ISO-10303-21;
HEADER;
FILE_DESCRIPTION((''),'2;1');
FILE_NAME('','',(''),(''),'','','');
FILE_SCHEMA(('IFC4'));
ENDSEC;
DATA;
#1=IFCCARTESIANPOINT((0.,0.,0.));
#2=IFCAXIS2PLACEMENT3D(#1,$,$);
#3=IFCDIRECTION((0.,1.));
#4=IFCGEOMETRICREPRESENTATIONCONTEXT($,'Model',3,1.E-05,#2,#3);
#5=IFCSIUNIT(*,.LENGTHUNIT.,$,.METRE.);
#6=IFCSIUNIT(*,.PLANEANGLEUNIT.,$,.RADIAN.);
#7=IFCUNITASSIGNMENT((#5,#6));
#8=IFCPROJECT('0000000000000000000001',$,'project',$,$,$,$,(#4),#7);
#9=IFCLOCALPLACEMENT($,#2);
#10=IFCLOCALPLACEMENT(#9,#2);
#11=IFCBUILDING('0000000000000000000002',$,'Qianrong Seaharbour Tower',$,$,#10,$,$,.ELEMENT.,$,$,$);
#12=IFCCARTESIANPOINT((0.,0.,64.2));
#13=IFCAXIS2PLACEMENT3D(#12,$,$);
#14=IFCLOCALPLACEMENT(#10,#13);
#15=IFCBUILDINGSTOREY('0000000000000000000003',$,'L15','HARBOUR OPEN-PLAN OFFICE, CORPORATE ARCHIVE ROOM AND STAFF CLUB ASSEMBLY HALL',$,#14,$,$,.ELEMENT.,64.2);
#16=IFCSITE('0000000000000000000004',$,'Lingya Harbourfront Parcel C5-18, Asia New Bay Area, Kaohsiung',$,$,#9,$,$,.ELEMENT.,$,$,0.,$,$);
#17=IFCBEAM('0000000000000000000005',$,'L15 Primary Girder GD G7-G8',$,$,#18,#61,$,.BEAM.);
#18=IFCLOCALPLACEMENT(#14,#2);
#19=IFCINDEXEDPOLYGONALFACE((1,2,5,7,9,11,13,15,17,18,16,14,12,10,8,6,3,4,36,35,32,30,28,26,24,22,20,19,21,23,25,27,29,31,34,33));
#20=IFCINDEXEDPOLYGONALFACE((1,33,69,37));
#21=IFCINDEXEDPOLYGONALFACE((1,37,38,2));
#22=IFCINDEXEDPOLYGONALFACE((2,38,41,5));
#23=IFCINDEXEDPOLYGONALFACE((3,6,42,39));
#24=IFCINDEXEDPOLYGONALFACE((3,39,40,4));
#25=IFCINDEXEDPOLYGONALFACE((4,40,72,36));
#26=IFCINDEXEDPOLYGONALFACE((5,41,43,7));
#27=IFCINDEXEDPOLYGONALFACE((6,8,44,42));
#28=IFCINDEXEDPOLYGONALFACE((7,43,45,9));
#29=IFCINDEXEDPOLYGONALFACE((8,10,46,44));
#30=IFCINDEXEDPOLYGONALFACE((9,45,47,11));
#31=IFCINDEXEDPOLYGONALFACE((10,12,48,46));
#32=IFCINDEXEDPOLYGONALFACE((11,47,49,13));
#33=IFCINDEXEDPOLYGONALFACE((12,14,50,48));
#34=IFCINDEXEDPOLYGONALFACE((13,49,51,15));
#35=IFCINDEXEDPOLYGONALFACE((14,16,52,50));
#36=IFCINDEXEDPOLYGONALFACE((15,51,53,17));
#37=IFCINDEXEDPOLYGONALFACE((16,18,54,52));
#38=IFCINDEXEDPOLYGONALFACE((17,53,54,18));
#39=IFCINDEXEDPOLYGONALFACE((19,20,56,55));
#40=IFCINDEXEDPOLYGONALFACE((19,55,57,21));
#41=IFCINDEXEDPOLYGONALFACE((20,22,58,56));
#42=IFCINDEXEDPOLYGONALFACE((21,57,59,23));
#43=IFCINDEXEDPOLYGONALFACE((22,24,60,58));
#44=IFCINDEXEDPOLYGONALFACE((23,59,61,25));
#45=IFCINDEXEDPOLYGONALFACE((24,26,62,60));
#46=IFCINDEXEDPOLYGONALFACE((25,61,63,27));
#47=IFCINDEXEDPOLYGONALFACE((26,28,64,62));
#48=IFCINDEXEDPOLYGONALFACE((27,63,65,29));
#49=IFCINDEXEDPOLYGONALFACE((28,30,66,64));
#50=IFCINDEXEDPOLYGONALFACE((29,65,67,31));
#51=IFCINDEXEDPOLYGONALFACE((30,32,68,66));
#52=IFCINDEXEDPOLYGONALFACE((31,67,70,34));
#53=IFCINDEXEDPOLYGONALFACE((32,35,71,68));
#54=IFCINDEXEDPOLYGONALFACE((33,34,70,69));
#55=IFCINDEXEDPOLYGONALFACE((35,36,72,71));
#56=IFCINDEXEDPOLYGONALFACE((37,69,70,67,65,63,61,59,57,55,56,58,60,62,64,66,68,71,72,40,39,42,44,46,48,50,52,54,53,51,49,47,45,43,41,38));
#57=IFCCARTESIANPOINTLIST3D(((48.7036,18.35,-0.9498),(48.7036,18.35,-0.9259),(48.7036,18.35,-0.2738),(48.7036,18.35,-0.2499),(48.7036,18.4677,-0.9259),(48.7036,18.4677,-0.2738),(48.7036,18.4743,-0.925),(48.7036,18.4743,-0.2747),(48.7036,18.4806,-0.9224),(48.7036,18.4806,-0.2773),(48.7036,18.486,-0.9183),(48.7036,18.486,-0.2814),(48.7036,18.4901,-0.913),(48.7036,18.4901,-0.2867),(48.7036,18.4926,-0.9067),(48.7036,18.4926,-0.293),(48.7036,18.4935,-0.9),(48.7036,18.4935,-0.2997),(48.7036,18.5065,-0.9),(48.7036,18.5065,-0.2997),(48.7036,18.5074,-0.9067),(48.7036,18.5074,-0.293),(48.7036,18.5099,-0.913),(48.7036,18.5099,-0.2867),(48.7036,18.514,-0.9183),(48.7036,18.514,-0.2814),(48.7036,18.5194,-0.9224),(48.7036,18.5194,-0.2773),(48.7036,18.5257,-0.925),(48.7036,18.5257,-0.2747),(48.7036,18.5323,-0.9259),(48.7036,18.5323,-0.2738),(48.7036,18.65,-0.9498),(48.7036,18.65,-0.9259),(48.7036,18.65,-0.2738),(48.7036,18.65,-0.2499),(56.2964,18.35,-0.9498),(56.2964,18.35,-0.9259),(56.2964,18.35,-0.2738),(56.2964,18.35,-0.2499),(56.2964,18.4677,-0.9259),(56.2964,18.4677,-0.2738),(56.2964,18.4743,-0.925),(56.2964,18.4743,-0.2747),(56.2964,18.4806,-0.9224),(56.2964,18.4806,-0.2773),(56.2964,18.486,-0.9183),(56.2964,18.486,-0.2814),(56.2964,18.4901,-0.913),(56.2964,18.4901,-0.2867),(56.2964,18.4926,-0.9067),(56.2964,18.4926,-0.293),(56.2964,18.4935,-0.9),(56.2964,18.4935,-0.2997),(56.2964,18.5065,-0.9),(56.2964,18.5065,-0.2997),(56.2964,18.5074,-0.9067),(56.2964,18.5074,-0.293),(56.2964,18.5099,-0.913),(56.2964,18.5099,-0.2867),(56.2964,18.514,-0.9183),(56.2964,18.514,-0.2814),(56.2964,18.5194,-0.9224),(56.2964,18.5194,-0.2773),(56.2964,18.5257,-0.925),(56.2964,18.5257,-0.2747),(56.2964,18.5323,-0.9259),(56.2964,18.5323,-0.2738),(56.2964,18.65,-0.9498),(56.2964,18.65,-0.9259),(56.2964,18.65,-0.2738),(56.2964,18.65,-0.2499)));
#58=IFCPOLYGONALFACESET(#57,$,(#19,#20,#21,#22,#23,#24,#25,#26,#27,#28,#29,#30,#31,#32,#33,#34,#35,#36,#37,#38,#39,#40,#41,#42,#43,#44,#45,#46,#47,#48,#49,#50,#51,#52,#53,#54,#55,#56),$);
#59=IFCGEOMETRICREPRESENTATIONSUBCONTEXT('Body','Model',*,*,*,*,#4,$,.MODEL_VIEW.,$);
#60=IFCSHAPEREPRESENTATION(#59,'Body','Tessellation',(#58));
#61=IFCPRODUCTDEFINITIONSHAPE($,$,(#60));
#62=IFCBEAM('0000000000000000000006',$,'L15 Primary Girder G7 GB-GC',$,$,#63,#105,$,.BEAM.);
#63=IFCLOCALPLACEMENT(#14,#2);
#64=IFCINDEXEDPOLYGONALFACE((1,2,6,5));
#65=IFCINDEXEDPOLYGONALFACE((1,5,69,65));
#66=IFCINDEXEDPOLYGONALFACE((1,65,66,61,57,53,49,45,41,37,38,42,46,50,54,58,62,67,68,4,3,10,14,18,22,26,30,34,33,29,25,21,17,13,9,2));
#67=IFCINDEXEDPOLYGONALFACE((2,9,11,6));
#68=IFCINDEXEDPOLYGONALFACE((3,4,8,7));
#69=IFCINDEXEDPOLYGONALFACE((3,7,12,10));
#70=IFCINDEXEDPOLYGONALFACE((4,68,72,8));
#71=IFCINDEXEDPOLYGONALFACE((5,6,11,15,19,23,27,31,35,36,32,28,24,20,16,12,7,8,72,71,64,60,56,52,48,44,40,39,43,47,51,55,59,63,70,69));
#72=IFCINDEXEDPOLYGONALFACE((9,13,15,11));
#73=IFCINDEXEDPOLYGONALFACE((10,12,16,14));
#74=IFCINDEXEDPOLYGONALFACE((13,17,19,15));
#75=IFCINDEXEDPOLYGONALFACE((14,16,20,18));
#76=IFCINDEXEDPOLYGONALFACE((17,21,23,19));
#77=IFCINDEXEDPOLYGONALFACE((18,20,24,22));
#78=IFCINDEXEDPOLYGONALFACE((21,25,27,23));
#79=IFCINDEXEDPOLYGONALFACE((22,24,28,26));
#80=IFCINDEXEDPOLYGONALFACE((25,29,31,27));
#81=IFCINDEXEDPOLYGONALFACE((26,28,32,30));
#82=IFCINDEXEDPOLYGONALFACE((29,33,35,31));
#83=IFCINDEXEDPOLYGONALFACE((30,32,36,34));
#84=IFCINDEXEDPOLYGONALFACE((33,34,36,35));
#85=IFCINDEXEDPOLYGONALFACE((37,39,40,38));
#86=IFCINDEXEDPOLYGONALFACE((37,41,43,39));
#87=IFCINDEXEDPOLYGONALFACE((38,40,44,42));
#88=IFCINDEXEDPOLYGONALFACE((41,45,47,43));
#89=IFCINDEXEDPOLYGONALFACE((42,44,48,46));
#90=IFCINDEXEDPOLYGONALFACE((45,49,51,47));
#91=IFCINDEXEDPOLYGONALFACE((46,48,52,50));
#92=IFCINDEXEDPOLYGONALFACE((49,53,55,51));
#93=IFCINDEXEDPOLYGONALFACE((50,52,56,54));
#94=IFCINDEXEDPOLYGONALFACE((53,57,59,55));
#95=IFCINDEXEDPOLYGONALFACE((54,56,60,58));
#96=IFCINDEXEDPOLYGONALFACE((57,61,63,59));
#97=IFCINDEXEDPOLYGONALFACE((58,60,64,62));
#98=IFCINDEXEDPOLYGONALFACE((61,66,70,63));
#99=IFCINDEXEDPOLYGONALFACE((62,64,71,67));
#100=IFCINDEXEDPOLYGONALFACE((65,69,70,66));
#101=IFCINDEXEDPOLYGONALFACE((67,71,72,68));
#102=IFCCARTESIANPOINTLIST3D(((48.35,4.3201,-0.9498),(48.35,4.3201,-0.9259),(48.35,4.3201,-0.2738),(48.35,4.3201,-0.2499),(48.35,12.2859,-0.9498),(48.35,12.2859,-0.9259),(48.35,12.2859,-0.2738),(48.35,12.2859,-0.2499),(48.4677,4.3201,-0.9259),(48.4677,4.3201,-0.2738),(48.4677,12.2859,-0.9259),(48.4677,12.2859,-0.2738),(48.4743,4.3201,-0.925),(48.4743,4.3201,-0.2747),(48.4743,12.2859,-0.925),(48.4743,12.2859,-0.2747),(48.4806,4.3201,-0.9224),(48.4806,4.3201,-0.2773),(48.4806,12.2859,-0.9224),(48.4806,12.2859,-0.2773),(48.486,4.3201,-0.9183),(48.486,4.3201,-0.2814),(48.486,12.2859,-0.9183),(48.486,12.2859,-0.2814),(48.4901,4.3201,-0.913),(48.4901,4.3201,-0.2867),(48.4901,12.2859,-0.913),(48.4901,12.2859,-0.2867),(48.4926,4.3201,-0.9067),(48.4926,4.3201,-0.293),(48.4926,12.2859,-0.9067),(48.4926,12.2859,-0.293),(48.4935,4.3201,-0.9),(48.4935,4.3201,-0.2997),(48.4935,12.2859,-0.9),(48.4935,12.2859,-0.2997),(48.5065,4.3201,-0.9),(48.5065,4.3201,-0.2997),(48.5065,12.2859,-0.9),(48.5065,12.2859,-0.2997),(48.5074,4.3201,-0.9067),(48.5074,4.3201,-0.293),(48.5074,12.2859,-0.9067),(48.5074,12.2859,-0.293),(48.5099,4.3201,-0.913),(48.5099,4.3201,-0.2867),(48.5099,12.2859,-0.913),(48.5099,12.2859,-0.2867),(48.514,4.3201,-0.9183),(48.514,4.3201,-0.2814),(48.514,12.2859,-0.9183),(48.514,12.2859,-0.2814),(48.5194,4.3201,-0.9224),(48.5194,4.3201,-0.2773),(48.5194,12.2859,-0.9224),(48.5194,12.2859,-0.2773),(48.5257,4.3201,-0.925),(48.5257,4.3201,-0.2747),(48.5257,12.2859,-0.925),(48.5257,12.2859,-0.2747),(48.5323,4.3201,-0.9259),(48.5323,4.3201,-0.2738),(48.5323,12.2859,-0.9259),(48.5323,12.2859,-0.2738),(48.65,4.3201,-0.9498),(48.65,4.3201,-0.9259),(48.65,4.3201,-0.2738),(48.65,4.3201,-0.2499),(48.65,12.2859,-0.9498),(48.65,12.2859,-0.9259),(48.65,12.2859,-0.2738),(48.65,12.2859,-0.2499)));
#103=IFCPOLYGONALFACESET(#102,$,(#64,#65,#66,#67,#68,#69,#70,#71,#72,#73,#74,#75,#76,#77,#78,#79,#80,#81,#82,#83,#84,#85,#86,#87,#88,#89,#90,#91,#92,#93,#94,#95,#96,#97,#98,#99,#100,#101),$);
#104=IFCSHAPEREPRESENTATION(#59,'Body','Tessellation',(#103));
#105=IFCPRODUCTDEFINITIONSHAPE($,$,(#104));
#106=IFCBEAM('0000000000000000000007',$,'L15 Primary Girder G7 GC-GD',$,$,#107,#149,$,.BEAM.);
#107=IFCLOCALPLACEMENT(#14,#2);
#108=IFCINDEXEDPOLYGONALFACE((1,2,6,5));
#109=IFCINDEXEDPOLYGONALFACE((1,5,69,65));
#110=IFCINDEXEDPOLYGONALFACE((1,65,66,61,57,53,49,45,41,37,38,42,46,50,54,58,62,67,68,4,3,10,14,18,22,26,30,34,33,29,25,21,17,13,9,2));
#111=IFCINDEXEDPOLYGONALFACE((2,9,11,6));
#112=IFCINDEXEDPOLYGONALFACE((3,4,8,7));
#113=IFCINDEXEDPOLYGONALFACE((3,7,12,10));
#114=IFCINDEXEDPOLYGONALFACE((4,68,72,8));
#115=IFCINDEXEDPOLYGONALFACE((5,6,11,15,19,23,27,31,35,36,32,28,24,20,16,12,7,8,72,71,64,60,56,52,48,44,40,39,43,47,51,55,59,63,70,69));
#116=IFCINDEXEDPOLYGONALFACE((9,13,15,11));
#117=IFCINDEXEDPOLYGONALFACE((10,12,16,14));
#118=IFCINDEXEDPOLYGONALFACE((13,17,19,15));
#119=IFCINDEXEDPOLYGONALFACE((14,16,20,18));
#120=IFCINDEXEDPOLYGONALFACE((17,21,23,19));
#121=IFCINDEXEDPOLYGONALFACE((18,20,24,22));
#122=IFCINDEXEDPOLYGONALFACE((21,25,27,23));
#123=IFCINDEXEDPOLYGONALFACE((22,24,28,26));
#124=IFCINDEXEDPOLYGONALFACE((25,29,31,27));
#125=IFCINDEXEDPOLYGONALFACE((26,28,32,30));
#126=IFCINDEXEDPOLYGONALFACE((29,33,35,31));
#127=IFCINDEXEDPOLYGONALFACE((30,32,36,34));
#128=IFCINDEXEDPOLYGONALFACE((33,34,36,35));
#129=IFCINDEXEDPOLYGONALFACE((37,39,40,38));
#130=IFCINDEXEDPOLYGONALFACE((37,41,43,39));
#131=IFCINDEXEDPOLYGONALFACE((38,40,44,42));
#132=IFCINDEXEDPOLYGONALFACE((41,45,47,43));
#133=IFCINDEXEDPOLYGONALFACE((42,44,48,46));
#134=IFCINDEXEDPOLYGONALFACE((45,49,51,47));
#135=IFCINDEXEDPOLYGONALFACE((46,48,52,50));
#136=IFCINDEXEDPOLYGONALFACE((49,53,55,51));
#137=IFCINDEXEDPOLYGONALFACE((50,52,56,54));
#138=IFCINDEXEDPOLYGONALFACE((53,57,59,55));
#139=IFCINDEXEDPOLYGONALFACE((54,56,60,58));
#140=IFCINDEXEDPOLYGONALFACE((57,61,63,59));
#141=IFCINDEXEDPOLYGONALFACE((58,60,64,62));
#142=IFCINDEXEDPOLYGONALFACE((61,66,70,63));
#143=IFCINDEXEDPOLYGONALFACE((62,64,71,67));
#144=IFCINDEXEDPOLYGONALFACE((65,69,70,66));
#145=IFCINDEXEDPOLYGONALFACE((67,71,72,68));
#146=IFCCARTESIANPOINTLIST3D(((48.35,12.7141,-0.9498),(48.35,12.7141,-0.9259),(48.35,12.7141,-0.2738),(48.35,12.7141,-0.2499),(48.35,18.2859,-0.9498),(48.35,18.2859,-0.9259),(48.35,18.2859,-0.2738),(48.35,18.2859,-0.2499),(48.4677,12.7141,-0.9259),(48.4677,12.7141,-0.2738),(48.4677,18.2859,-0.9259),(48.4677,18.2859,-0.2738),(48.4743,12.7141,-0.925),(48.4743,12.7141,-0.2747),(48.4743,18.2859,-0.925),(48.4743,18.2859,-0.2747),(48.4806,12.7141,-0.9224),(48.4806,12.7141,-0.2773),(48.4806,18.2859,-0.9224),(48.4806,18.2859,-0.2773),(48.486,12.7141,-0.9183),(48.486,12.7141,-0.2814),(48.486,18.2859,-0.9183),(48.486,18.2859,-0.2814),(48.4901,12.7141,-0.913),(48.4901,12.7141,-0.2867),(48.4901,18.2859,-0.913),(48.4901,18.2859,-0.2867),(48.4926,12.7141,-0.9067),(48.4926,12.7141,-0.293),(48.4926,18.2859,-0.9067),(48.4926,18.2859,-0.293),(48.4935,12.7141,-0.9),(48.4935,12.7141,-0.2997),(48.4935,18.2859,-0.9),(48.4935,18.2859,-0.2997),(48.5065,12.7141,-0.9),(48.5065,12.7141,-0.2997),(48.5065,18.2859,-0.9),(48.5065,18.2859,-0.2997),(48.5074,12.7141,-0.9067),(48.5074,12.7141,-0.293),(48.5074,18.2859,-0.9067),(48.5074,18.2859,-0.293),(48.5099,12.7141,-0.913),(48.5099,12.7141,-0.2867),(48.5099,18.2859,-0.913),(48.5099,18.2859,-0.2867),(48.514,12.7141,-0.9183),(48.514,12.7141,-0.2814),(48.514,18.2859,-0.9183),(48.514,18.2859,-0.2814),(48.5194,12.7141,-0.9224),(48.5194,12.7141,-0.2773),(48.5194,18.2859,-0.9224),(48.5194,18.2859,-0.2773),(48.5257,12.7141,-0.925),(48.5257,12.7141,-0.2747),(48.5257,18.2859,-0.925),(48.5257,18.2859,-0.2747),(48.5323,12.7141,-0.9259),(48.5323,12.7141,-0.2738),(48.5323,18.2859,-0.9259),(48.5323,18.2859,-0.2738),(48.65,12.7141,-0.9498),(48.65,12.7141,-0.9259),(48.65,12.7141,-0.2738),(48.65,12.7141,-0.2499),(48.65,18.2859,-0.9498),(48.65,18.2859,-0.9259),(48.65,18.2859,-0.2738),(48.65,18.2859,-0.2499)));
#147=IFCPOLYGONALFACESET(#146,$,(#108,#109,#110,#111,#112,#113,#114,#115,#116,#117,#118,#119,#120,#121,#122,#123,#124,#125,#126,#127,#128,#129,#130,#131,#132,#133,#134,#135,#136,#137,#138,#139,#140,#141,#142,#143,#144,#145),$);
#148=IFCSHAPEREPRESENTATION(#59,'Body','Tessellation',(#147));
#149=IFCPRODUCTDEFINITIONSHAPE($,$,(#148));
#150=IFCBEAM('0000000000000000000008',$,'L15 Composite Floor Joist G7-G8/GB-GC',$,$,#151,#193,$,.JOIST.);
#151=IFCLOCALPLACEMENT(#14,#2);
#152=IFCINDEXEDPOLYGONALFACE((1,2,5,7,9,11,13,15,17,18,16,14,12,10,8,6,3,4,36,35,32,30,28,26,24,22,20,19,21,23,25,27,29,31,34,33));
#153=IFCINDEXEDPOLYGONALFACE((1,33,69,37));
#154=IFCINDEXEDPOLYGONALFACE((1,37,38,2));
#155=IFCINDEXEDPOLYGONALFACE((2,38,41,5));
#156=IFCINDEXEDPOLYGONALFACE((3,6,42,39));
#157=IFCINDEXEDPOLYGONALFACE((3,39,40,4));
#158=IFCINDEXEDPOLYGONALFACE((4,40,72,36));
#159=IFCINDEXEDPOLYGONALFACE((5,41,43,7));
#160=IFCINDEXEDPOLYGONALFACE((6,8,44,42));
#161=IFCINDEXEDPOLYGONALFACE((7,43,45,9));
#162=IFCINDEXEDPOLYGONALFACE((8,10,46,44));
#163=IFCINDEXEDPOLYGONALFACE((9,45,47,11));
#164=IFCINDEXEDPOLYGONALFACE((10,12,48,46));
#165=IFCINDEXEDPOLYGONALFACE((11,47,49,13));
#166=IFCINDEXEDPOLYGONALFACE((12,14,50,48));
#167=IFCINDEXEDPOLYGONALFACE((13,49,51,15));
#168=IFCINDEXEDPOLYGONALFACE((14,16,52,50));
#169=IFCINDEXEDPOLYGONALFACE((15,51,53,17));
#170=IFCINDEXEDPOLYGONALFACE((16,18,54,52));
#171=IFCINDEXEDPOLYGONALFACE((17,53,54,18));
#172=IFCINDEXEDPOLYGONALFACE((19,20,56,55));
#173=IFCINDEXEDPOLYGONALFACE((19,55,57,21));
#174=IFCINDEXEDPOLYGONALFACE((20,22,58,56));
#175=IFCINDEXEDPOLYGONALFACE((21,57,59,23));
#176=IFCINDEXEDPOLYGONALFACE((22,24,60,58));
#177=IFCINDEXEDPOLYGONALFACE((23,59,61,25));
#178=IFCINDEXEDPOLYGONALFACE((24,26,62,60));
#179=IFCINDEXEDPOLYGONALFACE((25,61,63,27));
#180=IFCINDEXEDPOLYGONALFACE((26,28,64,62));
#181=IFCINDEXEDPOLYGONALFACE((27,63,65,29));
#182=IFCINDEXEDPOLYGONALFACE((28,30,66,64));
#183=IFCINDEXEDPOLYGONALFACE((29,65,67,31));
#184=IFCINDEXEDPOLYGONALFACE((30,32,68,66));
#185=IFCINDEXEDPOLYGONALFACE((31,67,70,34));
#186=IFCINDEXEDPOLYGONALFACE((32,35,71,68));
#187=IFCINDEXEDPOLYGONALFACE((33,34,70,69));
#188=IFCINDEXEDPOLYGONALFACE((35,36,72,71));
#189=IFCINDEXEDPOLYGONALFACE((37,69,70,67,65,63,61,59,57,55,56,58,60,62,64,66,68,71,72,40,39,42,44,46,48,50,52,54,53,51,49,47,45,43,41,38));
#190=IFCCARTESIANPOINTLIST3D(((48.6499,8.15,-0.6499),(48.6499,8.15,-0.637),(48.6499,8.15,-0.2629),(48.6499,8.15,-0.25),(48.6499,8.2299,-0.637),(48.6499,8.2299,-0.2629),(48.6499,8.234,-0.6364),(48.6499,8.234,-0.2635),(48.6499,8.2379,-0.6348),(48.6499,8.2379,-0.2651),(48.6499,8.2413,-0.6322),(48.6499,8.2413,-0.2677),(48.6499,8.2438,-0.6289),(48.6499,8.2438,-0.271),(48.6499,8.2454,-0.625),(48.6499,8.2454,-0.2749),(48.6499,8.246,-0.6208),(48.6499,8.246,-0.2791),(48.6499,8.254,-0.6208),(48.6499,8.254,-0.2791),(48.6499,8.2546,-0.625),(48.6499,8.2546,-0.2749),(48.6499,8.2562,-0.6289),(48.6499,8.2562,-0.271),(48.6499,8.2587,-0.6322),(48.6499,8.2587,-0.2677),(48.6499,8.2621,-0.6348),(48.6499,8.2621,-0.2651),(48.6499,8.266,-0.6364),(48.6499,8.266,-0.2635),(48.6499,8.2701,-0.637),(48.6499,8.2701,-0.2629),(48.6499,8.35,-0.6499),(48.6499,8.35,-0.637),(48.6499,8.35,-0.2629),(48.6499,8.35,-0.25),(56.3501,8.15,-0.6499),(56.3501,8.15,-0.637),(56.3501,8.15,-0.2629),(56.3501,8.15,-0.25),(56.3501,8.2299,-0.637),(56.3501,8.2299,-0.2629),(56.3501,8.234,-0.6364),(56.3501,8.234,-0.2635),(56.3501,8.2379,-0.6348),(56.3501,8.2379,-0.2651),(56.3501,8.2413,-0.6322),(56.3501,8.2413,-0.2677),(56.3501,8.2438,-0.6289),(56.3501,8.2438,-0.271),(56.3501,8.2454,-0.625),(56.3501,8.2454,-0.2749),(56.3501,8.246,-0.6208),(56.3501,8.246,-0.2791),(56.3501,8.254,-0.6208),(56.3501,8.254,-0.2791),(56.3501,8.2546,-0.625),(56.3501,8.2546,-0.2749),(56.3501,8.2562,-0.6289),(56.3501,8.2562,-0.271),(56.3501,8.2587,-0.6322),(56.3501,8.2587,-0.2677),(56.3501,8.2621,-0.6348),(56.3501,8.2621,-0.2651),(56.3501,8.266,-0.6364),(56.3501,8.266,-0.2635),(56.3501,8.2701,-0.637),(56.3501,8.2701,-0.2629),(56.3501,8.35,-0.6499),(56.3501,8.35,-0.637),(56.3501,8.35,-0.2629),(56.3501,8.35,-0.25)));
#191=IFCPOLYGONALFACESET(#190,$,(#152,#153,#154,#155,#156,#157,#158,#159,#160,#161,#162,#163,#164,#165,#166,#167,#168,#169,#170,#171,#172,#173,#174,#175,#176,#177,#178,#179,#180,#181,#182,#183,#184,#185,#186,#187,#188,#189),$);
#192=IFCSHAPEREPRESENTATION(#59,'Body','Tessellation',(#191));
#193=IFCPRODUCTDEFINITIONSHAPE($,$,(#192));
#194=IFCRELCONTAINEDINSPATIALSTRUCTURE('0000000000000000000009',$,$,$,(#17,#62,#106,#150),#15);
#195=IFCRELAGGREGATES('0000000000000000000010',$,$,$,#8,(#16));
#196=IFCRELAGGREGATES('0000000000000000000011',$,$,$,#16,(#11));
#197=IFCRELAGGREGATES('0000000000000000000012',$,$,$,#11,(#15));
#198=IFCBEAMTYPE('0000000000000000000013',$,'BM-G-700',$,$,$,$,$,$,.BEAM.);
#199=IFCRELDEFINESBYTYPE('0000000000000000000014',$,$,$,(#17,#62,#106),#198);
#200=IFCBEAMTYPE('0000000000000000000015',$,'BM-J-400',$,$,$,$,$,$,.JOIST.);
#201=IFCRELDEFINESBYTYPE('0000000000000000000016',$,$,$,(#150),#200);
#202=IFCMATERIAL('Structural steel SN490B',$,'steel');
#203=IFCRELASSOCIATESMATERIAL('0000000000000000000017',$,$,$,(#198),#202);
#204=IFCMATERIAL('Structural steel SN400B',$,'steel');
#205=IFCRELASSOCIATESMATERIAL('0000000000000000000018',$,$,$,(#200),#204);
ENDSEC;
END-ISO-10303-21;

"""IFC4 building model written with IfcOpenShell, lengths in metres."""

from ifc_helpers import new_model, si_unit, direction, frame, origin, origin_2d, place, context, subcontext, project, spatial, i_section, extrude, material, material_profile, profile_set, type_object, element, save


model = new_model("IFC4")

# Units and contexts
model_context = context("Model", 3, precision=1e-05, world=origin(), true_north=direction((0.0, 1.0)))
body_context = subcontext(model_context, "Body", "Model", "MODEL_VIEW")
ifc_project = project(units=[si_unit("LENGTHUNIT", "METRE"), si_unit("PLANEANGLEUNIT", "RADIAN")], contexts=[model_context])

# Site, building, storey
site_placement = place(None, origin())
site = spatial("IfcSite", under=ifc_project, at=site_placement, Name="Lingya Harbourfront Parcel C5-18, Asia New Bay Area, Kaohsiung", CompositionType="ELEMENT", RefElevation=0.0)
building_placement = place(site_placement, origin())
building = spatial("IfcBuilding", under=site, at=building_placement, Name="Qianrong Seaharbour Tower", CompositionType="ELEMENT")
storey_placement = place(building_placement, frame((0.0, 0.0, 64.2)))
storey = spatial("IfcBuildingStorey", under=building, at=storey_placement, Name="L15", Description="HARBOUR OPEN-PLAN OFFICE, CORPORATE ARCHIVE ROOM AND STAFF CLUB ASSEMBLY HALL", CompositionType="ELEMENT", Elevation=64.2)

# Shared definitions
ifc_material_1 = material(Name="Structural steel SN490B", Category="steel")

# Beams
ifc_material_profile_1 = material_profile(ifc_material_1, i_section(OverallWidth=0.3, OverallDepth=0.7, WebThickness=0.0129, FlangeThickness=0.0239, FilletRadius=0.0259, at=origin_2d()), Name="H700x300x13x24")
ifc_profile_set_1 = profile_set([ifc_material_profile_1], Name="Structural steel SN490B")
beam_type_1 = type_object("IfcBeamType", Name="BM-G-700", PredefinedType="BEAM", material=ifc_profile_set_1)
for number, where, z_axis, x_axis, name in (
    (1, (48.7036, 18.5, -0.5999), (1.0, 0.0, 0.0), (0.0, 1.0, 0.0), "L15 Primary Girder GD G7-G8"),
):
    element("IfcBeam", number, at=place(storey_placement, frame(where, z_axis=z_axis, x_axis=x_axis)), inside=storey, type_object=beam_type_1, Name=name, PredefinedType="BEAM", context=body_context, shape_type="SweptSolid", body=[
        extrude(i_section(OverallWidth=0.3, OverallDepth=0.7, WebThickness=0.0129, FlangeThickness=0.0239, FilletRadius=0.0259, at=origin_2d()), origin(), (0.0, 0.0, 1.0), 7.5928),
    ])
beam_1_placement = place(storey_placement, frame((48.5, 4.3201, -0.5999), z_axis=(0.0, 1.0, 0.0), x_axis=(-1.0, 0.0, 0.0)))
element("IfcBeam", 2, at=beam_1_placement, inside=storey, type_object=beam_type_1, Name="L15 Primary Girder G7 GB-GC", PredefinedType="BEAM", context=body_context, shape_type="SweptSolid", body=[
    extrude(i_section(OverallWidth=0.3, OverallDepth=0.7, WebThickness=0.0129, FlangeThickness=0.0239, FilletRadius=0.0259, at=origin_2d()), origin(), (0.0, 0.0, 1.0), 7.9658),
])
beam_2_placement = place(storey_placement, frame((48.5, 12.7141, -0.5999), z_axis=(0.0, 1.0, 0.0), x_axis=(-1.0, 0.0, 0.0)))
element("IfcBeam", 3, at=beam_2_placement, inside=storey, type_object=beam_type_1, Name="L15 Primary Girder G7 GC-GD", PredefinedType="BEAM", context=body_context, shape_type="SweptSolid", body=[
    extrude(i_section(OverallWidth=0.3, OverallDepth=0.7, WebThickness=0.0129, FlangeThickness=0.0239, FilletRadius=0.0259, at=origin_2d()), origin(), (0.0, 0.0, 1.0), 5.5718),
])
ifc_material_2 = material(Name="Structural steel SN400B", Category="steel")
ifc_material_profile_2 = material_profile(ifc_material_2, i_section(OverallWidth=0.2, OverallDepth=0.3999, WebThickness=0.0081, FlangeThickness=0.0129, FilletRadius=0.0161, at=origin_2d()), Name="H400x200x8x13")
ifc_profile_set_2 = profile_set([ifc_material_profile_2], Name="Structural steel SN400B")
beam_type_2 = type_object("IfcBeamType", Name="BM-J-400", PredefinedType="JOIST", material=ifc_profile_set_2)
for number, where, z_axis, x_axis, name in (
    (4, (48.6499, 8.25, -0.45), (1.0, 0.0, 0.0), (0.0, 1.0, 0.0), "L15 Composite Floor Joist G7-G8/GB-GC"),
):
    element("IfcBeam", number, at=place(storey_placement, frame(where, z_axis=z_axis, x_axis=x_axis)), inside=storey, type_object=beam_type_2, Name=name, PredefinedType="JOIST", context=body_context, shape_type="SweptSolid", body=[
        extrude(i_section(OverallWidth=0.2, OverallDepth=0.3999, WebThickness=0.0081, FlangeThickness=0.0129, FilletRadius=0.0161, at=origin_2d()), origin(), (0.0, 0.0, 1.0), 7.7002),
    ])

save(model, "model.ifc")
